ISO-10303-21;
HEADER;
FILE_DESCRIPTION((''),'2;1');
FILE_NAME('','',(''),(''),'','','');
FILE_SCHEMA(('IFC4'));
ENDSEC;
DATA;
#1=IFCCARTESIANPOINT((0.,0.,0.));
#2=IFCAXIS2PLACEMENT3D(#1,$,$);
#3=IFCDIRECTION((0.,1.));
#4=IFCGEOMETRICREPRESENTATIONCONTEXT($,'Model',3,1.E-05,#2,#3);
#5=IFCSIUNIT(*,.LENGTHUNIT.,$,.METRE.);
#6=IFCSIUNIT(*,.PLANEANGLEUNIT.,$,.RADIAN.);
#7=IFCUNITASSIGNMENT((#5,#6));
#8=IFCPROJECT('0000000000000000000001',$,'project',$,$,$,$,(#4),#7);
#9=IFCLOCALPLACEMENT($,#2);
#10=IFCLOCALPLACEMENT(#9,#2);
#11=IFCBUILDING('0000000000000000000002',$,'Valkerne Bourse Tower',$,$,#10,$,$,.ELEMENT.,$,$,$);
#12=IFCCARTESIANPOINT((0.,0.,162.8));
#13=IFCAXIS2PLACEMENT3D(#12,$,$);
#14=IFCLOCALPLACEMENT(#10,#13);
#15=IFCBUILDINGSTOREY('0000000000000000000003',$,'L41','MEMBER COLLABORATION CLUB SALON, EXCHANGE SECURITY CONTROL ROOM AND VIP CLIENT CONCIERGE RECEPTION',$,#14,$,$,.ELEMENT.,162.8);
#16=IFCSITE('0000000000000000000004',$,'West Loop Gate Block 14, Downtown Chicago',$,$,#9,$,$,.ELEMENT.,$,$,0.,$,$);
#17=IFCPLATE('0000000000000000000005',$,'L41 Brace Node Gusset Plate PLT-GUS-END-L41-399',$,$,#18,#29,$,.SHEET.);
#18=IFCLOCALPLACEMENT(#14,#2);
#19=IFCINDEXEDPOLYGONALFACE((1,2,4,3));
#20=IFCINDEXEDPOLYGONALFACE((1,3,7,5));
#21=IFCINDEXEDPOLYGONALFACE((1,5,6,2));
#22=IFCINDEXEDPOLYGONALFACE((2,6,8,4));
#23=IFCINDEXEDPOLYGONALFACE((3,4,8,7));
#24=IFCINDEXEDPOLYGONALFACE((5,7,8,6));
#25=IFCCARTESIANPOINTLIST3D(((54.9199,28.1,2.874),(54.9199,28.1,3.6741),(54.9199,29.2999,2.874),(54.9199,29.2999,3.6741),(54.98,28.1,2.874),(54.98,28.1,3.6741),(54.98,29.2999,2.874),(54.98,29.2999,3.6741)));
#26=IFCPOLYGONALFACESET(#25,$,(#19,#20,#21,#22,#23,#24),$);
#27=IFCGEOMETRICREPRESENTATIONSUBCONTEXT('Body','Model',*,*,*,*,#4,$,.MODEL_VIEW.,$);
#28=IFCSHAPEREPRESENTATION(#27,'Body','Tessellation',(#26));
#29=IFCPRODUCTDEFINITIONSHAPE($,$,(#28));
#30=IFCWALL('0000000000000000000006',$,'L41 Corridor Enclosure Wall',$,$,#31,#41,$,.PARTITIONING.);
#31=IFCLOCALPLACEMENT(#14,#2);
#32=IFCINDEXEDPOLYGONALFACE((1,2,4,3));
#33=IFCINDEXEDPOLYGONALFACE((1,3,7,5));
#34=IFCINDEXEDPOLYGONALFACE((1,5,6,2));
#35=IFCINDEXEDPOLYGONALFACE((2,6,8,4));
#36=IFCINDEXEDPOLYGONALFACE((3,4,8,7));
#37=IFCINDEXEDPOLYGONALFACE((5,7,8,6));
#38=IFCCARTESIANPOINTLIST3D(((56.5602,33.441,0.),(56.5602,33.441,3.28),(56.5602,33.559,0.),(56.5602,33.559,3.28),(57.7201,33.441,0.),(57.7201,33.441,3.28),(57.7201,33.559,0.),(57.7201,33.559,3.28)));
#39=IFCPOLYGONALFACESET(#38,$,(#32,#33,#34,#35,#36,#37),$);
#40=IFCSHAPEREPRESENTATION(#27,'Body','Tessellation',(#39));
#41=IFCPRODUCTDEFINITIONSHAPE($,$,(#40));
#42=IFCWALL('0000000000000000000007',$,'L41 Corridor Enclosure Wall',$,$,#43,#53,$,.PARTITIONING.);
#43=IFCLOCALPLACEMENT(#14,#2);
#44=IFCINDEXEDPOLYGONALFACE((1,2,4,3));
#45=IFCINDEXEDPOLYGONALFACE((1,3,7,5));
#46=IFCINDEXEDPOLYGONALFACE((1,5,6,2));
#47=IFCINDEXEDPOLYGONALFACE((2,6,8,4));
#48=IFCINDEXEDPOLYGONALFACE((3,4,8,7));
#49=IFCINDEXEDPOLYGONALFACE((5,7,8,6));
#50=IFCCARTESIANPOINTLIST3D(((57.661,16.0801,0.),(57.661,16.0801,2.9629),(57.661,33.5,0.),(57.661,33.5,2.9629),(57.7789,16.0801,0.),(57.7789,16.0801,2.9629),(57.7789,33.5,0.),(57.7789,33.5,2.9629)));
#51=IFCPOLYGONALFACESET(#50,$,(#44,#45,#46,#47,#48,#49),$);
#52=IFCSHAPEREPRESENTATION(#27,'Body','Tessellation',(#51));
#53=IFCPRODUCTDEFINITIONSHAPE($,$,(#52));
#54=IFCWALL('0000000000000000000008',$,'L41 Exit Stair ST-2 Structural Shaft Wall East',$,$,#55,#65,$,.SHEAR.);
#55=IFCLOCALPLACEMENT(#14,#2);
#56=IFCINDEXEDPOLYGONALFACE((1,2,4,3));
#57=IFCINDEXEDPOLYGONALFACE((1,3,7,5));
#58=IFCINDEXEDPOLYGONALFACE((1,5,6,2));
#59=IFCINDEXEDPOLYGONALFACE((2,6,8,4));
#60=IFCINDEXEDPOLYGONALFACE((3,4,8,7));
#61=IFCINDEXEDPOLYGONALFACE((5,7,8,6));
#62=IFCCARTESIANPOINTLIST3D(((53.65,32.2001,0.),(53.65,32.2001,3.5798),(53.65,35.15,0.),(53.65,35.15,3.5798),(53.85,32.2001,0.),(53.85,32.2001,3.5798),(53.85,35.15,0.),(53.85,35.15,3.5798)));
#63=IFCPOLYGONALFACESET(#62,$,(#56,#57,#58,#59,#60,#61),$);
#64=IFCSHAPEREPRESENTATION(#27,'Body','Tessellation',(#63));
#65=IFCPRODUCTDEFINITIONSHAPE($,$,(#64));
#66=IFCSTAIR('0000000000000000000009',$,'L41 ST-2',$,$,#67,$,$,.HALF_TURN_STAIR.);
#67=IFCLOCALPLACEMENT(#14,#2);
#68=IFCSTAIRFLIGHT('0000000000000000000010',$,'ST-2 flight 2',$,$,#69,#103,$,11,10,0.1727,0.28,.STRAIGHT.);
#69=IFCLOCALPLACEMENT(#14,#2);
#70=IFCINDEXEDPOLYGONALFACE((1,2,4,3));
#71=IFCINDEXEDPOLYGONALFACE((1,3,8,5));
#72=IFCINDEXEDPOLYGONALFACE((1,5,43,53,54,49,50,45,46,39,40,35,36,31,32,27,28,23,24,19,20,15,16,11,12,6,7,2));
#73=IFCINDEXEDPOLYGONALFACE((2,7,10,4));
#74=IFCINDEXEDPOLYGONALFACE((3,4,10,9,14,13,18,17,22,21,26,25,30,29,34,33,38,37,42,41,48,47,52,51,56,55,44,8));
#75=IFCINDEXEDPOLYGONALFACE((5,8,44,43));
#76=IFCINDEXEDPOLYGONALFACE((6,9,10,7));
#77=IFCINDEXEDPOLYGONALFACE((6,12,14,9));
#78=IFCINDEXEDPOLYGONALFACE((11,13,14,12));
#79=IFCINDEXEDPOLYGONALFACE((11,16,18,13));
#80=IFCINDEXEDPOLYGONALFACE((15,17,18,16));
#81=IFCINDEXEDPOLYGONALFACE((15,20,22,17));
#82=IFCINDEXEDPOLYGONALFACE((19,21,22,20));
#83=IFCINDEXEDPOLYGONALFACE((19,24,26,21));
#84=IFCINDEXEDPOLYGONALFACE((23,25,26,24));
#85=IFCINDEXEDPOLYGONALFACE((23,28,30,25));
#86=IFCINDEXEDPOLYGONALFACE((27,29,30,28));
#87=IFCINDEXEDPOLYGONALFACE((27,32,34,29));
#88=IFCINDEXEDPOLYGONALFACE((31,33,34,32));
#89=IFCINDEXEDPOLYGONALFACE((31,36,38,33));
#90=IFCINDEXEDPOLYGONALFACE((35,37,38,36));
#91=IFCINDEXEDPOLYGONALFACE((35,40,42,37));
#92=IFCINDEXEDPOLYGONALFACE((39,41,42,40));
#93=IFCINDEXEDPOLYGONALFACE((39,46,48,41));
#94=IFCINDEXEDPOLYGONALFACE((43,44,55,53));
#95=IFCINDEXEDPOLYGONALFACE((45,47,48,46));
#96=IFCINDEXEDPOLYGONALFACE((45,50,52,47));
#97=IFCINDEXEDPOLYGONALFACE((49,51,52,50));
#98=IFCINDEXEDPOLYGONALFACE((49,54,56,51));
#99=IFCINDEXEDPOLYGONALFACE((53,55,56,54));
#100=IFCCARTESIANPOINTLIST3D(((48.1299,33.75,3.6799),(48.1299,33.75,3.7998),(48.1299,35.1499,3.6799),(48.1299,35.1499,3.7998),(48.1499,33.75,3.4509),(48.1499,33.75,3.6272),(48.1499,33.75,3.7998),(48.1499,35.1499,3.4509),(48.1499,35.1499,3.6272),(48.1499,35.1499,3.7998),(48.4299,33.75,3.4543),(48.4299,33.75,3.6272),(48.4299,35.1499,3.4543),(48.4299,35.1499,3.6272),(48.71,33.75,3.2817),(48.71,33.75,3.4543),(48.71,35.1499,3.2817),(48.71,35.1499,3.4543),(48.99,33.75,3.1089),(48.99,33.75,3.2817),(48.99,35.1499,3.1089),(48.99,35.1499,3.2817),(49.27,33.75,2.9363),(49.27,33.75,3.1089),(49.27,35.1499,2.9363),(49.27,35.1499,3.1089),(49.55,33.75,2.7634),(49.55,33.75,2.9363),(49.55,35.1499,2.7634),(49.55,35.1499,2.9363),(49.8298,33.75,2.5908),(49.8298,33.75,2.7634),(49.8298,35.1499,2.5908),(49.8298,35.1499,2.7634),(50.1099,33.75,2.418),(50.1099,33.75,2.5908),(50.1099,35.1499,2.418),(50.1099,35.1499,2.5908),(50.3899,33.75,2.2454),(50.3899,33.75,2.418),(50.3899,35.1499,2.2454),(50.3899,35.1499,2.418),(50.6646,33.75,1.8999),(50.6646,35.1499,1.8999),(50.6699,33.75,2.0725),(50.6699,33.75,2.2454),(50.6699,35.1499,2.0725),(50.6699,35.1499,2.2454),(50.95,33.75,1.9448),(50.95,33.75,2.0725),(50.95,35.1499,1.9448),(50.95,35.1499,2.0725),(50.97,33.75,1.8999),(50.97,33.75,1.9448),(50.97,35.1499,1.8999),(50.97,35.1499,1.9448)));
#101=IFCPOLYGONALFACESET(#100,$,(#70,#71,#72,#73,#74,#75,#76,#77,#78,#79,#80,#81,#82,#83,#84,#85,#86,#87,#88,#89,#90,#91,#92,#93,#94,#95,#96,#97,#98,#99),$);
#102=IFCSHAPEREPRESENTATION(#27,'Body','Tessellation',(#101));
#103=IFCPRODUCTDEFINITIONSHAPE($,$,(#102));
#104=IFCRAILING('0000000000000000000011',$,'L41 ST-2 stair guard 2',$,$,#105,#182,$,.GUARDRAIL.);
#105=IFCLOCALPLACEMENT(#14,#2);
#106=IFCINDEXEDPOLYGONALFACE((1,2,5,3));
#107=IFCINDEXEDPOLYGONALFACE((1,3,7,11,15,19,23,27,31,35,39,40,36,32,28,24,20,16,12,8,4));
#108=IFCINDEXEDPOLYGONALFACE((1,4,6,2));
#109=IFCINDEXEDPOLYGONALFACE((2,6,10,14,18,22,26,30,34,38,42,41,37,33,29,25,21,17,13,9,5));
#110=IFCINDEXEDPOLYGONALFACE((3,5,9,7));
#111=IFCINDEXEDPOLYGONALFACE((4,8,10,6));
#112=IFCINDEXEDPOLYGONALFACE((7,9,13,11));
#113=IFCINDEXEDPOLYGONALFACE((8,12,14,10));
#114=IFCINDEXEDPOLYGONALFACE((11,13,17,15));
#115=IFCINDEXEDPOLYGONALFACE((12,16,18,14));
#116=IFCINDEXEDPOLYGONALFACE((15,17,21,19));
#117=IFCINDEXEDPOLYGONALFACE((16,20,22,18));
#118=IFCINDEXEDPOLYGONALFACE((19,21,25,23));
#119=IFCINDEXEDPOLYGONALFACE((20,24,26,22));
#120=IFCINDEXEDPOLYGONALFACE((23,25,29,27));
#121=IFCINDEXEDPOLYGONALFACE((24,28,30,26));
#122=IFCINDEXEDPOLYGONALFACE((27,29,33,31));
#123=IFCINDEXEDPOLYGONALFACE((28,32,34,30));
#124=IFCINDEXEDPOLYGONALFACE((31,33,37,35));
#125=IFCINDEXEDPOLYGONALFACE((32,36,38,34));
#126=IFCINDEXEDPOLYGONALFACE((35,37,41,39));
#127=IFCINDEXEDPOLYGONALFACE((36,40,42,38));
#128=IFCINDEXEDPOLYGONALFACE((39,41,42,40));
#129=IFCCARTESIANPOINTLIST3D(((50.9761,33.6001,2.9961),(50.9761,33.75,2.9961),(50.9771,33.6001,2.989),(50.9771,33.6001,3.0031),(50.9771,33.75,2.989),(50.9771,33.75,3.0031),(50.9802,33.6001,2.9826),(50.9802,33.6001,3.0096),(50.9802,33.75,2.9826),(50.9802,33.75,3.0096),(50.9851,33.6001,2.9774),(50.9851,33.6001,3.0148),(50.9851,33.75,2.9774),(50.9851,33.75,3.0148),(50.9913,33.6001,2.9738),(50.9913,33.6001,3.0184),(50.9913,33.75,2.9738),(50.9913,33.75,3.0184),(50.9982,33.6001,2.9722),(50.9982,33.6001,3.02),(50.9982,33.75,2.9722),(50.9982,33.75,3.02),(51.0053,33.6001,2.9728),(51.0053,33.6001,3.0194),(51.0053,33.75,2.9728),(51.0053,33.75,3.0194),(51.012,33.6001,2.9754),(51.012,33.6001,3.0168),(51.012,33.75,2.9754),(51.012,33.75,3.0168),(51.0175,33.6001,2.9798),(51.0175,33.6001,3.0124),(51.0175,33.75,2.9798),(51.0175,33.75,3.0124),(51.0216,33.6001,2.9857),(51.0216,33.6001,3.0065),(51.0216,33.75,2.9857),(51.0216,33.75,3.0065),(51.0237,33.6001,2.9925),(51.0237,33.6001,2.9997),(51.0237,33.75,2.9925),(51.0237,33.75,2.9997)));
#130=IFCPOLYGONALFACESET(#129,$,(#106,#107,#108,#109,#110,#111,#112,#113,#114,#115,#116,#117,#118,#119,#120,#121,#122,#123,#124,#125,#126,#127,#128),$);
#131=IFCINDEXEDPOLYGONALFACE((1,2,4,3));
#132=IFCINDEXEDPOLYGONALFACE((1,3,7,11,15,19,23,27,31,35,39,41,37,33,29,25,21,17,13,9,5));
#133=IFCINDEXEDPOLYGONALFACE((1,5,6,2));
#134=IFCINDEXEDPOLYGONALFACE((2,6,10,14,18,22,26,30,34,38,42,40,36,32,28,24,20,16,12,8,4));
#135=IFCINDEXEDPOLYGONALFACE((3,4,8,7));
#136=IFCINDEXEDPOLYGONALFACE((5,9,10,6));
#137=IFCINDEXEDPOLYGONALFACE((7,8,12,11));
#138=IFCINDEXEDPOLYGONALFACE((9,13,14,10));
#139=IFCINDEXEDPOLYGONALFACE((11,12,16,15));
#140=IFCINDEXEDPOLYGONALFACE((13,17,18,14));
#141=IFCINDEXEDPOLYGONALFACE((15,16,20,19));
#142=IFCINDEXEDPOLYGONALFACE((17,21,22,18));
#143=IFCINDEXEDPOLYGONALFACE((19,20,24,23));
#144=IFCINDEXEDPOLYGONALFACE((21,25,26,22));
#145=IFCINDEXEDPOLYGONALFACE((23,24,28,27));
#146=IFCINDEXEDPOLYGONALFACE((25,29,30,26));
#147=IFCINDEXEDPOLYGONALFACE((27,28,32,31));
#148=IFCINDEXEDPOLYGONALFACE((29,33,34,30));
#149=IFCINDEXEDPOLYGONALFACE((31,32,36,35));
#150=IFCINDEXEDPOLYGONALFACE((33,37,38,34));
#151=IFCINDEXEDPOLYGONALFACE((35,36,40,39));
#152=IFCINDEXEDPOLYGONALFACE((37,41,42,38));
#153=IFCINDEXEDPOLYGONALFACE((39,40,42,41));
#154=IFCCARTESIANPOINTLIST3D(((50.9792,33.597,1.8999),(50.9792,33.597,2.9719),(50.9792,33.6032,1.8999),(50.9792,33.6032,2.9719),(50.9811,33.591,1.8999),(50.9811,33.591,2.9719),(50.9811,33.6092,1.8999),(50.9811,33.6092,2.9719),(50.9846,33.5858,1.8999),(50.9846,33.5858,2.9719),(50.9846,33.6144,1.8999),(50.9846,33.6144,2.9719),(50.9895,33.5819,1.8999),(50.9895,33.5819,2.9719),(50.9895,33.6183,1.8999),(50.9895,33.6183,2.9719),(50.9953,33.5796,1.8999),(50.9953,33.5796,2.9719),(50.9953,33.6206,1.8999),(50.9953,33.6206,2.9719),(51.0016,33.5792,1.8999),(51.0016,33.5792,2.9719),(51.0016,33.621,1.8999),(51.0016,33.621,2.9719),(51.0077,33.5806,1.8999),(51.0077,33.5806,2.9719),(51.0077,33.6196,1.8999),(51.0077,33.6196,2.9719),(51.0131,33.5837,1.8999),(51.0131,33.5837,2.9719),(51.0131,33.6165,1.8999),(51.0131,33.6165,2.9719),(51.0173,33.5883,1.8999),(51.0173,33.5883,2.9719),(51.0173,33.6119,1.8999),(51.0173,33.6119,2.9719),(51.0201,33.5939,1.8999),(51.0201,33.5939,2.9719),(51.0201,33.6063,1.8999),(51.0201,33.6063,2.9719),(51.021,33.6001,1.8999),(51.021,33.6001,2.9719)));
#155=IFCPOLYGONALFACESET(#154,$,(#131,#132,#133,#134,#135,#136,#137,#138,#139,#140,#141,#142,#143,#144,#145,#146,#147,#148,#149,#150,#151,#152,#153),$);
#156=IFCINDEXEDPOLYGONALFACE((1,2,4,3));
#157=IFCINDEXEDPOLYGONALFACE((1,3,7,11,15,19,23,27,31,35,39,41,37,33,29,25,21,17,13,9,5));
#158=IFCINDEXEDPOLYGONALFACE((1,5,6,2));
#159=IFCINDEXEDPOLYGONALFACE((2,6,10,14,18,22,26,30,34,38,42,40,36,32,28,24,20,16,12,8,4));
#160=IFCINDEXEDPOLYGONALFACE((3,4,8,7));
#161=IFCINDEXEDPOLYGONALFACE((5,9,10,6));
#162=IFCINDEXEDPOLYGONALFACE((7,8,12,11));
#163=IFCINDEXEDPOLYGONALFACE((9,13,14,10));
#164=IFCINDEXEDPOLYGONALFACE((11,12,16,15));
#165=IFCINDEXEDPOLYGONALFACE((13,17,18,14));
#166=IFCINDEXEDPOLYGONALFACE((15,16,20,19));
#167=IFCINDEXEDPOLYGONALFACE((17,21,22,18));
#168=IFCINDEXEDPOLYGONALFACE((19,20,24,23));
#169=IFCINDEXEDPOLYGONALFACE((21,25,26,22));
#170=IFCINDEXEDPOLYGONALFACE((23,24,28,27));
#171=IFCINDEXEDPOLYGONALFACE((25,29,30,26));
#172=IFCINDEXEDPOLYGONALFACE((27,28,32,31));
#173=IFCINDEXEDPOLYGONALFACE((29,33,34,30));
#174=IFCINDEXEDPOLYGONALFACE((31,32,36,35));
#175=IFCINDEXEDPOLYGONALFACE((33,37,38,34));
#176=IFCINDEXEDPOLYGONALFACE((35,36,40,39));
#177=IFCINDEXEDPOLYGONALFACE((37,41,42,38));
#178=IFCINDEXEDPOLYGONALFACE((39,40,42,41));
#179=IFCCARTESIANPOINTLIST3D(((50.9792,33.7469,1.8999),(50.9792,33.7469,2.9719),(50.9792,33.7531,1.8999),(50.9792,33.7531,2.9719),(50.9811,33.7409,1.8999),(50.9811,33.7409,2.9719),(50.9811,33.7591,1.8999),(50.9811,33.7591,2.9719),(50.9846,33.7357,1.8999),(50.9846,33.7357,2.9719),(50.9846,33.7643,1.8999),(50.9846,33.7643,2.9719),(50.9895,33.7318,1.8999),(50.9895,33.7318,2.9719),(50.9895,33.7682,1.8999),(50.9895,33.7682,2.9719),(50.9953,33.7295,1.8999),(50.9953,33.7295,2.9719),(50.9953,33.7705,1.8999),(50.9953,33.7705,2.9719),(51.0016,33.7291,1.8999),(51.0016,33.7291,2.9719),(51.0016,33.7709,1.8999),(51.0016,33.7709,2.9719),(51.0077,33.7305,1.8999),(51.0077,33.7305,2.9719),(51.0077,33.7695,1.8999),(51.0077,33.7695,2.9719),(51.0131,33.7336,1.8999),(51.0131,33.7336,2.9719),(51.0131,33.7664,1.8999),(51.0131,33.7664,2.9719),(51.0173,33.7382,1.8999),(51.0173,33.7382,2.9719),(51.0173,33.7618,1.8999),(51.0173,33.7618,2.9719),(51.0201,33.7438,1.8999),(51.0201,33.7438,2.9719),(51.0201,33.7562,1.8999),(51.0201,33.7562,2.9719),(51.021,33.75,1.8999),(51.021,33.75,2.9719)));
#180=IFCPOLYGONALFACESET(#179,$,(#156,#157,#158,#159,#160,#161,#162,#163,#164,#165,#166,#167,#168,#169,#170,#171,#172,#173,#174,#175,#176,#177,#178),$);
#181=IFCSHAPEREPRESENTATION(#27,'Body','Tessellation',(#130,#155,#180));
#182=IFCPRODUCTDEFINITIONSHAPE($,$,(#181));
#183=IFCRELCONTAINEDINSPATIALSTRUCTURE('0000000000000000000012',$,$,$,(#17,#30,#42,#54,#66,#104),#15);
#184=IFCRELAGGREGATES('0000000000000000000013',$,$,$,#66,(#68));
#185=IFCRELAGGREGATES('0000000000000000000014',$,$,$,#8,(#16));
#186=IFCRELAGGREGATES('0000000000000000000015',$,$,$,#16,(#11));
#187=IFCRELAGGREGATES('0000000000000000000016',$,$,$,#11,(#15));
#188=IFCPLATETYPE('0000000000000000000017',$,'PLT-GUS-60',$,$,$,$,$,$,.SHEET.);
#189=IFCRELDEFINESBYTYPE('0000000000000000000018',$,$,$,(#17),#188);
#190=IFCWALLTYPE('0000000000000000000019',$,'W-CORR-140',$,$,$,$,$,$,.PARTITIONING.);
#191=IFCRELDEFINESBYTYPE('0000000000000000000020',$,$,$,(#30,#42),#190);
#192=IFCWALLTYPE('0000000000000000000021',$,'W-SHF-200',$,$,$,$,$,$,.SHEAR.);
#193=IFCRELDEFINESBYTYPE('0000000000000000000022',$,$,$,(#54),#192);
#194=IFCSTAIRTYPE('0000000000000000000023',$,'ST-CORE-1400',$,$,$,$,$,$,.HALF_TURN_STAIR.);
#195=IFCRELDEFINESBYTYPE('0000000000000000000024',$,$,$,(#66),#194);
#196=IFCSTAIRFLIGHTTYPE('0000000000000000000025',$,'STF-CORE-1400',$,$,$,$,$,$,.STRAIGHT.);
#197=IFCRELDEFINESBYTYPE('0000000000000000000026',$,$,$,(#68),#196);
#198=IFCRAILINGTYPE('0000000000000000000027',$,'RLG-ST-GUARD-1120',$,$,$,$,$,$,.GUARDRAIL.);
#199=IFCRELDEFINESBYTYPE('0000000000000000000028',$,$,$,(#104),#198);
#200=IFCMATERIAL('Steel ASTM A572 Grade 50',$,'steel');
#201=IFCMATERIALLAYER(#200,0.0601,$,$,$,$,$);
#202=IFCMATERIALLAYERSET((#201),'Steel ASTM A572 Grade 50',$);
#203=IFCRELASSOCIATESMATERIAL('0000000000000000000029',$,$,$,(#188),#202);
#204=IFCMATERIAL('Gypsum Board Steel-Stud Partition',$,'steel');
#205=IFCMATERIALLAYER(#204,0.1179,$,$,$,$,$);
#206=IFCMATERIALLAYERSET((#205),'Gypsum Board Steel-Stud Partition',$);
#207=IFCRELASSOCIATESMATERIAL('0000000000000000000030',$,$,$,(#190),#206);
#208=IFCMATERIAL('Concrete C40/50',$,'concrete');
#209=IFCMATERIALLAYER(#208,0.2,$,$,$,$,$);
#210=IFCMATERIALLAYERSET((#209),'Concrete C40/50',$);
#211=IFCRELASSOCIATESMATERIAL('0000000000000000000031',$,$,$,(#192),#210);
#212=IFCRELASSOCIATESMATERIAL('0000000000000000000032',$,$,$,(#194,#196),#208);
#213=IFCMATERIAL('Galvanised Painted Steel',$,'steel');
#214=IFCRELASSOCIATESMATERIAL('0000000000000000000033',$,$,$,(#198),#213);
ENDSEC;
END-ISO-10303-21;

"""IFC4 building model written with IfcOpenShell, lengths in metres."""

from ifc_helpers import new_model, si_unit, direction, frame, frame_2d, origin, origin_2d, place, context, subcontext, project, spatial, polyline, rectangle, circle, outline, extrude, material, layer, layer_set, type_object, element, aggregate, save


model = new_model("IFC4")

# Units and contexts
model_context = context("Model", 3, precision=1e-05, world=origin(), true_north=direction((0.0, 1.0)))
body_context = subcontext(model_context, "Body", "Model", "MODEL_VIEW")
ifc_project = project(units=[si_unit("LENGTHUNIT", "METRE"), si_unit("PLANEANGLEUNIT", "RADIAN")], contexts=[model_context])

# Site, building, storey
site_placement = place(None, origin())
site = spatial("IfcSite", under=ifc_project, at=site_placement, Name="West Loop Gate Block 14, Downtown Chicago", CompositionType="ELEMENT", RefElevation=0.0)
building_placement = place(site_placement, origin())
building = spatial("IfcBuilding", under=site, at=building_placement, Name="Valkerne Bourse Tower", CompositionType="ELEMENT")
storey_placement = place(building_placement, frame((0.0, 0.0, 162.8)))
storey = spatial("IfcBuildingStorey", under=building, at=storey_placement, Name="L41", Description="MEMBER COLLABORATION CLUB SALON, EXCHANGE SECURITY CONTROL ROOM AND VIP CLIENT CONCIERGE RECEPTION", CompositionType="ELEMENT", Elevation=162.8)

# Plate
ifc_material_1 = material(Name="Steel ASTM A572 Grade 50", Category="steel")
ifc_layer_1 = layer(ifc_material_1, 0.0601)
ifc_layer_set_1 = layer_set([ifc_layer_1], Name="Steel ASTM A572 Grade 50")
plate_type_1 = type_object("IfcPlateType", Name="PLT-GUS-60", PredefinedType="SHEET", material=ifc_layer_set_1)
for number, where, z_axis, x_axis, name in (
    (1, (54.95, 28.7, 2.874), (0.0, 0.0, 1.0), (0.0, 1.0, 0.0), "L41 Brace Node Gusset Plate PLT-GUS-END-L41-399"),
):
    element("IfcPlate", number, at=place(storey_placement, frame(where, z_axis=z_axis, x_axis=x_axis)), inside=storey, type_object=plate_type_1, Name=name, PredefinedType="SHEET", context=body_context, shape_type="SweptSolid", body=[
        extrude(rectangle(XDim=1.2, YDim=0.0601, at=origin_2d()), origin(), (0.0, 0.0, 1.0), 0.8),
    ])

# Walls
ifc_material_2 = material(Name="Gypsum Board Steel-Stud Partition", Category="steel")
ifc_layer_2 = layer(ifc_material_2, 0.1179)
ifc_layer_set_2 = layer_set([ifc_layer_2], Name="Gypsum Board Steel-Stud Partition")
wall_type_1 = type_object("IfcWallType", Name="W-CORR-140", PredefinedType="PARTITIONING", material=ifc_layer_set_2)
wall_1_placement = place(storey_placement, frame((56.5601, 33.5, 0.0), z_axis=(0.0, 0.0, 1.0), x_axis=(1.0, 0.0, 0.0)))
element("IfcWall", 2, at=wall_1_placement, inside=storey, type_object=wall_type_1, Name="L41 Corridor Enclosure Wall", PredefinedType="PARTITIONING", context=body_context, shape_type="SweptSolid", body=[
    extrude(rectangle(XDim=1.1599, YDim=0.1179, at=frame_2d((0.5801, 0.0))), origin(), (0.0, 0.0, 1.0), 3.28),
])
wall_2_placement = place(storey_placement, frame((57.72, 33.5, 0.0), z_axis=(0.0, 0.0, 1.0), x_axis=(0.0, -1.0, 0.0)))
element("IfcWall", 3, at=wall_2_placement, inside=storey, type_object=wall_type_1, Name="L41 Corridor Enclosure Wall", PredefinedType="PARTITIONING", context=body_context, shape_type="SweptSolid", body=[
    extrude(rectangle(XDim=17.4199, YDim=0.1179, at=frame_2d((8.71, 0.0))), origin(), (0.0, 0.0, 1.0), 2.9629),
])

# Wall
ifc_material_3 = material(Name="Concrete C40/50", Category="concrete")
ifc_layer_3 = layer(ifc_material_3, 0.2)
ifc_layer_set_3 = layer_set([ifc_layer_3], Name="Concrete C40/50")
wall_type_2 = type_object("IfcWallType", Name="W-SHF-200", PredefinedType="SHEAR", material=ifc_layer_set_3)
wall_3_placement = place(storey_placement, frame((53.75, 32.2, 0.0), z_axis=(0.0, 0.0, 1.0), x_axis=(0.0, 1.0, 0.0)))
element("IfcWall", 4, at=wall_3_placement, inside=storey, type_object=wall_type_2, Name="L41 Exit Stair ST-2 Structural Shaft Wall East", PredefinedType="SHEAR", context=body_context, shape_type="SweptSolid", body=[
    extrude(rectangle(XDim=2.95, YDim=0.2, at=frame_2d((1.4751, 0.0))), origin(), (0.0, 0.0, 1.0), 3.5798),
])

# Stair, stair flight
stair_type = type_object("IfcStairType", Name="ST-CORE-1400", PredefinedType="HALF_TURN_STAIR", material=ifc_material_3)
stair_placement = place(storey_placement, origin())
stair = element("IfcStair", 5, at=stair_placement, inside=storey, type_object=stair_type, Name="L41 ST-2", PredefinedType="HALF_TURN_STAIR")
stair_flight_type = type_object("IfcStairFlightType", Name="STF-CORE-1400", PredefinedType="STRAIGHT", material=ifc_material_3)
stair_flight_placement = place(storey_placement, frame((50.95, 34.45, 1.8999), z_axis=(0.0, 0.0, 1.0), x_axis=(-1.0, 0.0, 0.0)))
stair_flight = element("IfcStairFlight", 6, at=stair_flight_placement, type_object=stair_flight_type, Name="ST-2 flight 2", NumberOfRisers=11, NumberOfTreads=10, PredefinedType="STRAIGHT", RiserHeight=0.1727, TreadLength=0.28, context=body_context, shape_type="SweptSolid", body=[
    extrude(outline(polyline([(-0.02, 0.0), (-0.02, 0.0449), (0.0, 0.0449), (0.0, 0.1726), (0.28, 0.1726), (0.28, 0.3455), (0.5601, 0.3455), (0.5601, 0.5181), (0.8401, 0.5181), (0.8401, 0.6909), (1.1201, 0.6909), (1.1201, 0.8635), (1.3999, 0.8635), (1.3999, 1.0364), (1.6799, 1.0364), (1.6799, 1.209), (1.96, 1.209), (1.96, 1.3818), (2.24, 1.3818), (2.24, 1.5544), (2.52, 1.5544), (2.52, 1.7273), (2.8, 1.7273), (2.8, 1.8999), (2.8201, 1.8999), (2.8201, 1.78), (2.8, 1.551), (0.2854, 0.0), (-0.02, 0.0)])), frame((0.0, 0.7, 0.0), z_axis=(0.0, -1.0, 0.0), x_axis=(1.0, 0.0, 0.0)), (0.0, 0.0, 1.0), 1.3999),
])
aggregate(stair, [stair_flight])

# Railing
ifc_material_4 = material(Name="Galvanised Painted Steel", Category="steel")
railing_type = type_object("IfcRailingType", Name="RLG-ST-GUARD-1120", PredefinedType="GUARDRAIL", material=ifc_material_4)
railing_1_placement = place(storey_placement, frame((51.0, 33.6001, 1.8999)))
element("IfcRailing", 7, at=railing_1_placement, inside=storey, type_object=railing_type, Name="L41 ST-2 stair guard 2", PredefinedType="GUARDRAIL", context=body_context, shape_type="SweptSolid", body=[
    extrude(circle(Radius=0.0239, at=origin_2d()), frame((0.0, 0.0, 1.0962), z_axis=(0.0, 1.0, 0.0), x_axis=(-1.0, 0.0, 0.0)), (0.0, 0.0, 1.0), 0.1499),
    extrude(circle(Radius=0.021, at=origin_2d()), origin(), (0.0, 0.0, 1.0), 1.072),
    extrude(circle(Radius=0.021, at=origin_2d()), frame((0.0, 0.1499, 0.0)), (0.0, 0.0, 1.0), 1.072),
])

save(model, "model.ifc")
